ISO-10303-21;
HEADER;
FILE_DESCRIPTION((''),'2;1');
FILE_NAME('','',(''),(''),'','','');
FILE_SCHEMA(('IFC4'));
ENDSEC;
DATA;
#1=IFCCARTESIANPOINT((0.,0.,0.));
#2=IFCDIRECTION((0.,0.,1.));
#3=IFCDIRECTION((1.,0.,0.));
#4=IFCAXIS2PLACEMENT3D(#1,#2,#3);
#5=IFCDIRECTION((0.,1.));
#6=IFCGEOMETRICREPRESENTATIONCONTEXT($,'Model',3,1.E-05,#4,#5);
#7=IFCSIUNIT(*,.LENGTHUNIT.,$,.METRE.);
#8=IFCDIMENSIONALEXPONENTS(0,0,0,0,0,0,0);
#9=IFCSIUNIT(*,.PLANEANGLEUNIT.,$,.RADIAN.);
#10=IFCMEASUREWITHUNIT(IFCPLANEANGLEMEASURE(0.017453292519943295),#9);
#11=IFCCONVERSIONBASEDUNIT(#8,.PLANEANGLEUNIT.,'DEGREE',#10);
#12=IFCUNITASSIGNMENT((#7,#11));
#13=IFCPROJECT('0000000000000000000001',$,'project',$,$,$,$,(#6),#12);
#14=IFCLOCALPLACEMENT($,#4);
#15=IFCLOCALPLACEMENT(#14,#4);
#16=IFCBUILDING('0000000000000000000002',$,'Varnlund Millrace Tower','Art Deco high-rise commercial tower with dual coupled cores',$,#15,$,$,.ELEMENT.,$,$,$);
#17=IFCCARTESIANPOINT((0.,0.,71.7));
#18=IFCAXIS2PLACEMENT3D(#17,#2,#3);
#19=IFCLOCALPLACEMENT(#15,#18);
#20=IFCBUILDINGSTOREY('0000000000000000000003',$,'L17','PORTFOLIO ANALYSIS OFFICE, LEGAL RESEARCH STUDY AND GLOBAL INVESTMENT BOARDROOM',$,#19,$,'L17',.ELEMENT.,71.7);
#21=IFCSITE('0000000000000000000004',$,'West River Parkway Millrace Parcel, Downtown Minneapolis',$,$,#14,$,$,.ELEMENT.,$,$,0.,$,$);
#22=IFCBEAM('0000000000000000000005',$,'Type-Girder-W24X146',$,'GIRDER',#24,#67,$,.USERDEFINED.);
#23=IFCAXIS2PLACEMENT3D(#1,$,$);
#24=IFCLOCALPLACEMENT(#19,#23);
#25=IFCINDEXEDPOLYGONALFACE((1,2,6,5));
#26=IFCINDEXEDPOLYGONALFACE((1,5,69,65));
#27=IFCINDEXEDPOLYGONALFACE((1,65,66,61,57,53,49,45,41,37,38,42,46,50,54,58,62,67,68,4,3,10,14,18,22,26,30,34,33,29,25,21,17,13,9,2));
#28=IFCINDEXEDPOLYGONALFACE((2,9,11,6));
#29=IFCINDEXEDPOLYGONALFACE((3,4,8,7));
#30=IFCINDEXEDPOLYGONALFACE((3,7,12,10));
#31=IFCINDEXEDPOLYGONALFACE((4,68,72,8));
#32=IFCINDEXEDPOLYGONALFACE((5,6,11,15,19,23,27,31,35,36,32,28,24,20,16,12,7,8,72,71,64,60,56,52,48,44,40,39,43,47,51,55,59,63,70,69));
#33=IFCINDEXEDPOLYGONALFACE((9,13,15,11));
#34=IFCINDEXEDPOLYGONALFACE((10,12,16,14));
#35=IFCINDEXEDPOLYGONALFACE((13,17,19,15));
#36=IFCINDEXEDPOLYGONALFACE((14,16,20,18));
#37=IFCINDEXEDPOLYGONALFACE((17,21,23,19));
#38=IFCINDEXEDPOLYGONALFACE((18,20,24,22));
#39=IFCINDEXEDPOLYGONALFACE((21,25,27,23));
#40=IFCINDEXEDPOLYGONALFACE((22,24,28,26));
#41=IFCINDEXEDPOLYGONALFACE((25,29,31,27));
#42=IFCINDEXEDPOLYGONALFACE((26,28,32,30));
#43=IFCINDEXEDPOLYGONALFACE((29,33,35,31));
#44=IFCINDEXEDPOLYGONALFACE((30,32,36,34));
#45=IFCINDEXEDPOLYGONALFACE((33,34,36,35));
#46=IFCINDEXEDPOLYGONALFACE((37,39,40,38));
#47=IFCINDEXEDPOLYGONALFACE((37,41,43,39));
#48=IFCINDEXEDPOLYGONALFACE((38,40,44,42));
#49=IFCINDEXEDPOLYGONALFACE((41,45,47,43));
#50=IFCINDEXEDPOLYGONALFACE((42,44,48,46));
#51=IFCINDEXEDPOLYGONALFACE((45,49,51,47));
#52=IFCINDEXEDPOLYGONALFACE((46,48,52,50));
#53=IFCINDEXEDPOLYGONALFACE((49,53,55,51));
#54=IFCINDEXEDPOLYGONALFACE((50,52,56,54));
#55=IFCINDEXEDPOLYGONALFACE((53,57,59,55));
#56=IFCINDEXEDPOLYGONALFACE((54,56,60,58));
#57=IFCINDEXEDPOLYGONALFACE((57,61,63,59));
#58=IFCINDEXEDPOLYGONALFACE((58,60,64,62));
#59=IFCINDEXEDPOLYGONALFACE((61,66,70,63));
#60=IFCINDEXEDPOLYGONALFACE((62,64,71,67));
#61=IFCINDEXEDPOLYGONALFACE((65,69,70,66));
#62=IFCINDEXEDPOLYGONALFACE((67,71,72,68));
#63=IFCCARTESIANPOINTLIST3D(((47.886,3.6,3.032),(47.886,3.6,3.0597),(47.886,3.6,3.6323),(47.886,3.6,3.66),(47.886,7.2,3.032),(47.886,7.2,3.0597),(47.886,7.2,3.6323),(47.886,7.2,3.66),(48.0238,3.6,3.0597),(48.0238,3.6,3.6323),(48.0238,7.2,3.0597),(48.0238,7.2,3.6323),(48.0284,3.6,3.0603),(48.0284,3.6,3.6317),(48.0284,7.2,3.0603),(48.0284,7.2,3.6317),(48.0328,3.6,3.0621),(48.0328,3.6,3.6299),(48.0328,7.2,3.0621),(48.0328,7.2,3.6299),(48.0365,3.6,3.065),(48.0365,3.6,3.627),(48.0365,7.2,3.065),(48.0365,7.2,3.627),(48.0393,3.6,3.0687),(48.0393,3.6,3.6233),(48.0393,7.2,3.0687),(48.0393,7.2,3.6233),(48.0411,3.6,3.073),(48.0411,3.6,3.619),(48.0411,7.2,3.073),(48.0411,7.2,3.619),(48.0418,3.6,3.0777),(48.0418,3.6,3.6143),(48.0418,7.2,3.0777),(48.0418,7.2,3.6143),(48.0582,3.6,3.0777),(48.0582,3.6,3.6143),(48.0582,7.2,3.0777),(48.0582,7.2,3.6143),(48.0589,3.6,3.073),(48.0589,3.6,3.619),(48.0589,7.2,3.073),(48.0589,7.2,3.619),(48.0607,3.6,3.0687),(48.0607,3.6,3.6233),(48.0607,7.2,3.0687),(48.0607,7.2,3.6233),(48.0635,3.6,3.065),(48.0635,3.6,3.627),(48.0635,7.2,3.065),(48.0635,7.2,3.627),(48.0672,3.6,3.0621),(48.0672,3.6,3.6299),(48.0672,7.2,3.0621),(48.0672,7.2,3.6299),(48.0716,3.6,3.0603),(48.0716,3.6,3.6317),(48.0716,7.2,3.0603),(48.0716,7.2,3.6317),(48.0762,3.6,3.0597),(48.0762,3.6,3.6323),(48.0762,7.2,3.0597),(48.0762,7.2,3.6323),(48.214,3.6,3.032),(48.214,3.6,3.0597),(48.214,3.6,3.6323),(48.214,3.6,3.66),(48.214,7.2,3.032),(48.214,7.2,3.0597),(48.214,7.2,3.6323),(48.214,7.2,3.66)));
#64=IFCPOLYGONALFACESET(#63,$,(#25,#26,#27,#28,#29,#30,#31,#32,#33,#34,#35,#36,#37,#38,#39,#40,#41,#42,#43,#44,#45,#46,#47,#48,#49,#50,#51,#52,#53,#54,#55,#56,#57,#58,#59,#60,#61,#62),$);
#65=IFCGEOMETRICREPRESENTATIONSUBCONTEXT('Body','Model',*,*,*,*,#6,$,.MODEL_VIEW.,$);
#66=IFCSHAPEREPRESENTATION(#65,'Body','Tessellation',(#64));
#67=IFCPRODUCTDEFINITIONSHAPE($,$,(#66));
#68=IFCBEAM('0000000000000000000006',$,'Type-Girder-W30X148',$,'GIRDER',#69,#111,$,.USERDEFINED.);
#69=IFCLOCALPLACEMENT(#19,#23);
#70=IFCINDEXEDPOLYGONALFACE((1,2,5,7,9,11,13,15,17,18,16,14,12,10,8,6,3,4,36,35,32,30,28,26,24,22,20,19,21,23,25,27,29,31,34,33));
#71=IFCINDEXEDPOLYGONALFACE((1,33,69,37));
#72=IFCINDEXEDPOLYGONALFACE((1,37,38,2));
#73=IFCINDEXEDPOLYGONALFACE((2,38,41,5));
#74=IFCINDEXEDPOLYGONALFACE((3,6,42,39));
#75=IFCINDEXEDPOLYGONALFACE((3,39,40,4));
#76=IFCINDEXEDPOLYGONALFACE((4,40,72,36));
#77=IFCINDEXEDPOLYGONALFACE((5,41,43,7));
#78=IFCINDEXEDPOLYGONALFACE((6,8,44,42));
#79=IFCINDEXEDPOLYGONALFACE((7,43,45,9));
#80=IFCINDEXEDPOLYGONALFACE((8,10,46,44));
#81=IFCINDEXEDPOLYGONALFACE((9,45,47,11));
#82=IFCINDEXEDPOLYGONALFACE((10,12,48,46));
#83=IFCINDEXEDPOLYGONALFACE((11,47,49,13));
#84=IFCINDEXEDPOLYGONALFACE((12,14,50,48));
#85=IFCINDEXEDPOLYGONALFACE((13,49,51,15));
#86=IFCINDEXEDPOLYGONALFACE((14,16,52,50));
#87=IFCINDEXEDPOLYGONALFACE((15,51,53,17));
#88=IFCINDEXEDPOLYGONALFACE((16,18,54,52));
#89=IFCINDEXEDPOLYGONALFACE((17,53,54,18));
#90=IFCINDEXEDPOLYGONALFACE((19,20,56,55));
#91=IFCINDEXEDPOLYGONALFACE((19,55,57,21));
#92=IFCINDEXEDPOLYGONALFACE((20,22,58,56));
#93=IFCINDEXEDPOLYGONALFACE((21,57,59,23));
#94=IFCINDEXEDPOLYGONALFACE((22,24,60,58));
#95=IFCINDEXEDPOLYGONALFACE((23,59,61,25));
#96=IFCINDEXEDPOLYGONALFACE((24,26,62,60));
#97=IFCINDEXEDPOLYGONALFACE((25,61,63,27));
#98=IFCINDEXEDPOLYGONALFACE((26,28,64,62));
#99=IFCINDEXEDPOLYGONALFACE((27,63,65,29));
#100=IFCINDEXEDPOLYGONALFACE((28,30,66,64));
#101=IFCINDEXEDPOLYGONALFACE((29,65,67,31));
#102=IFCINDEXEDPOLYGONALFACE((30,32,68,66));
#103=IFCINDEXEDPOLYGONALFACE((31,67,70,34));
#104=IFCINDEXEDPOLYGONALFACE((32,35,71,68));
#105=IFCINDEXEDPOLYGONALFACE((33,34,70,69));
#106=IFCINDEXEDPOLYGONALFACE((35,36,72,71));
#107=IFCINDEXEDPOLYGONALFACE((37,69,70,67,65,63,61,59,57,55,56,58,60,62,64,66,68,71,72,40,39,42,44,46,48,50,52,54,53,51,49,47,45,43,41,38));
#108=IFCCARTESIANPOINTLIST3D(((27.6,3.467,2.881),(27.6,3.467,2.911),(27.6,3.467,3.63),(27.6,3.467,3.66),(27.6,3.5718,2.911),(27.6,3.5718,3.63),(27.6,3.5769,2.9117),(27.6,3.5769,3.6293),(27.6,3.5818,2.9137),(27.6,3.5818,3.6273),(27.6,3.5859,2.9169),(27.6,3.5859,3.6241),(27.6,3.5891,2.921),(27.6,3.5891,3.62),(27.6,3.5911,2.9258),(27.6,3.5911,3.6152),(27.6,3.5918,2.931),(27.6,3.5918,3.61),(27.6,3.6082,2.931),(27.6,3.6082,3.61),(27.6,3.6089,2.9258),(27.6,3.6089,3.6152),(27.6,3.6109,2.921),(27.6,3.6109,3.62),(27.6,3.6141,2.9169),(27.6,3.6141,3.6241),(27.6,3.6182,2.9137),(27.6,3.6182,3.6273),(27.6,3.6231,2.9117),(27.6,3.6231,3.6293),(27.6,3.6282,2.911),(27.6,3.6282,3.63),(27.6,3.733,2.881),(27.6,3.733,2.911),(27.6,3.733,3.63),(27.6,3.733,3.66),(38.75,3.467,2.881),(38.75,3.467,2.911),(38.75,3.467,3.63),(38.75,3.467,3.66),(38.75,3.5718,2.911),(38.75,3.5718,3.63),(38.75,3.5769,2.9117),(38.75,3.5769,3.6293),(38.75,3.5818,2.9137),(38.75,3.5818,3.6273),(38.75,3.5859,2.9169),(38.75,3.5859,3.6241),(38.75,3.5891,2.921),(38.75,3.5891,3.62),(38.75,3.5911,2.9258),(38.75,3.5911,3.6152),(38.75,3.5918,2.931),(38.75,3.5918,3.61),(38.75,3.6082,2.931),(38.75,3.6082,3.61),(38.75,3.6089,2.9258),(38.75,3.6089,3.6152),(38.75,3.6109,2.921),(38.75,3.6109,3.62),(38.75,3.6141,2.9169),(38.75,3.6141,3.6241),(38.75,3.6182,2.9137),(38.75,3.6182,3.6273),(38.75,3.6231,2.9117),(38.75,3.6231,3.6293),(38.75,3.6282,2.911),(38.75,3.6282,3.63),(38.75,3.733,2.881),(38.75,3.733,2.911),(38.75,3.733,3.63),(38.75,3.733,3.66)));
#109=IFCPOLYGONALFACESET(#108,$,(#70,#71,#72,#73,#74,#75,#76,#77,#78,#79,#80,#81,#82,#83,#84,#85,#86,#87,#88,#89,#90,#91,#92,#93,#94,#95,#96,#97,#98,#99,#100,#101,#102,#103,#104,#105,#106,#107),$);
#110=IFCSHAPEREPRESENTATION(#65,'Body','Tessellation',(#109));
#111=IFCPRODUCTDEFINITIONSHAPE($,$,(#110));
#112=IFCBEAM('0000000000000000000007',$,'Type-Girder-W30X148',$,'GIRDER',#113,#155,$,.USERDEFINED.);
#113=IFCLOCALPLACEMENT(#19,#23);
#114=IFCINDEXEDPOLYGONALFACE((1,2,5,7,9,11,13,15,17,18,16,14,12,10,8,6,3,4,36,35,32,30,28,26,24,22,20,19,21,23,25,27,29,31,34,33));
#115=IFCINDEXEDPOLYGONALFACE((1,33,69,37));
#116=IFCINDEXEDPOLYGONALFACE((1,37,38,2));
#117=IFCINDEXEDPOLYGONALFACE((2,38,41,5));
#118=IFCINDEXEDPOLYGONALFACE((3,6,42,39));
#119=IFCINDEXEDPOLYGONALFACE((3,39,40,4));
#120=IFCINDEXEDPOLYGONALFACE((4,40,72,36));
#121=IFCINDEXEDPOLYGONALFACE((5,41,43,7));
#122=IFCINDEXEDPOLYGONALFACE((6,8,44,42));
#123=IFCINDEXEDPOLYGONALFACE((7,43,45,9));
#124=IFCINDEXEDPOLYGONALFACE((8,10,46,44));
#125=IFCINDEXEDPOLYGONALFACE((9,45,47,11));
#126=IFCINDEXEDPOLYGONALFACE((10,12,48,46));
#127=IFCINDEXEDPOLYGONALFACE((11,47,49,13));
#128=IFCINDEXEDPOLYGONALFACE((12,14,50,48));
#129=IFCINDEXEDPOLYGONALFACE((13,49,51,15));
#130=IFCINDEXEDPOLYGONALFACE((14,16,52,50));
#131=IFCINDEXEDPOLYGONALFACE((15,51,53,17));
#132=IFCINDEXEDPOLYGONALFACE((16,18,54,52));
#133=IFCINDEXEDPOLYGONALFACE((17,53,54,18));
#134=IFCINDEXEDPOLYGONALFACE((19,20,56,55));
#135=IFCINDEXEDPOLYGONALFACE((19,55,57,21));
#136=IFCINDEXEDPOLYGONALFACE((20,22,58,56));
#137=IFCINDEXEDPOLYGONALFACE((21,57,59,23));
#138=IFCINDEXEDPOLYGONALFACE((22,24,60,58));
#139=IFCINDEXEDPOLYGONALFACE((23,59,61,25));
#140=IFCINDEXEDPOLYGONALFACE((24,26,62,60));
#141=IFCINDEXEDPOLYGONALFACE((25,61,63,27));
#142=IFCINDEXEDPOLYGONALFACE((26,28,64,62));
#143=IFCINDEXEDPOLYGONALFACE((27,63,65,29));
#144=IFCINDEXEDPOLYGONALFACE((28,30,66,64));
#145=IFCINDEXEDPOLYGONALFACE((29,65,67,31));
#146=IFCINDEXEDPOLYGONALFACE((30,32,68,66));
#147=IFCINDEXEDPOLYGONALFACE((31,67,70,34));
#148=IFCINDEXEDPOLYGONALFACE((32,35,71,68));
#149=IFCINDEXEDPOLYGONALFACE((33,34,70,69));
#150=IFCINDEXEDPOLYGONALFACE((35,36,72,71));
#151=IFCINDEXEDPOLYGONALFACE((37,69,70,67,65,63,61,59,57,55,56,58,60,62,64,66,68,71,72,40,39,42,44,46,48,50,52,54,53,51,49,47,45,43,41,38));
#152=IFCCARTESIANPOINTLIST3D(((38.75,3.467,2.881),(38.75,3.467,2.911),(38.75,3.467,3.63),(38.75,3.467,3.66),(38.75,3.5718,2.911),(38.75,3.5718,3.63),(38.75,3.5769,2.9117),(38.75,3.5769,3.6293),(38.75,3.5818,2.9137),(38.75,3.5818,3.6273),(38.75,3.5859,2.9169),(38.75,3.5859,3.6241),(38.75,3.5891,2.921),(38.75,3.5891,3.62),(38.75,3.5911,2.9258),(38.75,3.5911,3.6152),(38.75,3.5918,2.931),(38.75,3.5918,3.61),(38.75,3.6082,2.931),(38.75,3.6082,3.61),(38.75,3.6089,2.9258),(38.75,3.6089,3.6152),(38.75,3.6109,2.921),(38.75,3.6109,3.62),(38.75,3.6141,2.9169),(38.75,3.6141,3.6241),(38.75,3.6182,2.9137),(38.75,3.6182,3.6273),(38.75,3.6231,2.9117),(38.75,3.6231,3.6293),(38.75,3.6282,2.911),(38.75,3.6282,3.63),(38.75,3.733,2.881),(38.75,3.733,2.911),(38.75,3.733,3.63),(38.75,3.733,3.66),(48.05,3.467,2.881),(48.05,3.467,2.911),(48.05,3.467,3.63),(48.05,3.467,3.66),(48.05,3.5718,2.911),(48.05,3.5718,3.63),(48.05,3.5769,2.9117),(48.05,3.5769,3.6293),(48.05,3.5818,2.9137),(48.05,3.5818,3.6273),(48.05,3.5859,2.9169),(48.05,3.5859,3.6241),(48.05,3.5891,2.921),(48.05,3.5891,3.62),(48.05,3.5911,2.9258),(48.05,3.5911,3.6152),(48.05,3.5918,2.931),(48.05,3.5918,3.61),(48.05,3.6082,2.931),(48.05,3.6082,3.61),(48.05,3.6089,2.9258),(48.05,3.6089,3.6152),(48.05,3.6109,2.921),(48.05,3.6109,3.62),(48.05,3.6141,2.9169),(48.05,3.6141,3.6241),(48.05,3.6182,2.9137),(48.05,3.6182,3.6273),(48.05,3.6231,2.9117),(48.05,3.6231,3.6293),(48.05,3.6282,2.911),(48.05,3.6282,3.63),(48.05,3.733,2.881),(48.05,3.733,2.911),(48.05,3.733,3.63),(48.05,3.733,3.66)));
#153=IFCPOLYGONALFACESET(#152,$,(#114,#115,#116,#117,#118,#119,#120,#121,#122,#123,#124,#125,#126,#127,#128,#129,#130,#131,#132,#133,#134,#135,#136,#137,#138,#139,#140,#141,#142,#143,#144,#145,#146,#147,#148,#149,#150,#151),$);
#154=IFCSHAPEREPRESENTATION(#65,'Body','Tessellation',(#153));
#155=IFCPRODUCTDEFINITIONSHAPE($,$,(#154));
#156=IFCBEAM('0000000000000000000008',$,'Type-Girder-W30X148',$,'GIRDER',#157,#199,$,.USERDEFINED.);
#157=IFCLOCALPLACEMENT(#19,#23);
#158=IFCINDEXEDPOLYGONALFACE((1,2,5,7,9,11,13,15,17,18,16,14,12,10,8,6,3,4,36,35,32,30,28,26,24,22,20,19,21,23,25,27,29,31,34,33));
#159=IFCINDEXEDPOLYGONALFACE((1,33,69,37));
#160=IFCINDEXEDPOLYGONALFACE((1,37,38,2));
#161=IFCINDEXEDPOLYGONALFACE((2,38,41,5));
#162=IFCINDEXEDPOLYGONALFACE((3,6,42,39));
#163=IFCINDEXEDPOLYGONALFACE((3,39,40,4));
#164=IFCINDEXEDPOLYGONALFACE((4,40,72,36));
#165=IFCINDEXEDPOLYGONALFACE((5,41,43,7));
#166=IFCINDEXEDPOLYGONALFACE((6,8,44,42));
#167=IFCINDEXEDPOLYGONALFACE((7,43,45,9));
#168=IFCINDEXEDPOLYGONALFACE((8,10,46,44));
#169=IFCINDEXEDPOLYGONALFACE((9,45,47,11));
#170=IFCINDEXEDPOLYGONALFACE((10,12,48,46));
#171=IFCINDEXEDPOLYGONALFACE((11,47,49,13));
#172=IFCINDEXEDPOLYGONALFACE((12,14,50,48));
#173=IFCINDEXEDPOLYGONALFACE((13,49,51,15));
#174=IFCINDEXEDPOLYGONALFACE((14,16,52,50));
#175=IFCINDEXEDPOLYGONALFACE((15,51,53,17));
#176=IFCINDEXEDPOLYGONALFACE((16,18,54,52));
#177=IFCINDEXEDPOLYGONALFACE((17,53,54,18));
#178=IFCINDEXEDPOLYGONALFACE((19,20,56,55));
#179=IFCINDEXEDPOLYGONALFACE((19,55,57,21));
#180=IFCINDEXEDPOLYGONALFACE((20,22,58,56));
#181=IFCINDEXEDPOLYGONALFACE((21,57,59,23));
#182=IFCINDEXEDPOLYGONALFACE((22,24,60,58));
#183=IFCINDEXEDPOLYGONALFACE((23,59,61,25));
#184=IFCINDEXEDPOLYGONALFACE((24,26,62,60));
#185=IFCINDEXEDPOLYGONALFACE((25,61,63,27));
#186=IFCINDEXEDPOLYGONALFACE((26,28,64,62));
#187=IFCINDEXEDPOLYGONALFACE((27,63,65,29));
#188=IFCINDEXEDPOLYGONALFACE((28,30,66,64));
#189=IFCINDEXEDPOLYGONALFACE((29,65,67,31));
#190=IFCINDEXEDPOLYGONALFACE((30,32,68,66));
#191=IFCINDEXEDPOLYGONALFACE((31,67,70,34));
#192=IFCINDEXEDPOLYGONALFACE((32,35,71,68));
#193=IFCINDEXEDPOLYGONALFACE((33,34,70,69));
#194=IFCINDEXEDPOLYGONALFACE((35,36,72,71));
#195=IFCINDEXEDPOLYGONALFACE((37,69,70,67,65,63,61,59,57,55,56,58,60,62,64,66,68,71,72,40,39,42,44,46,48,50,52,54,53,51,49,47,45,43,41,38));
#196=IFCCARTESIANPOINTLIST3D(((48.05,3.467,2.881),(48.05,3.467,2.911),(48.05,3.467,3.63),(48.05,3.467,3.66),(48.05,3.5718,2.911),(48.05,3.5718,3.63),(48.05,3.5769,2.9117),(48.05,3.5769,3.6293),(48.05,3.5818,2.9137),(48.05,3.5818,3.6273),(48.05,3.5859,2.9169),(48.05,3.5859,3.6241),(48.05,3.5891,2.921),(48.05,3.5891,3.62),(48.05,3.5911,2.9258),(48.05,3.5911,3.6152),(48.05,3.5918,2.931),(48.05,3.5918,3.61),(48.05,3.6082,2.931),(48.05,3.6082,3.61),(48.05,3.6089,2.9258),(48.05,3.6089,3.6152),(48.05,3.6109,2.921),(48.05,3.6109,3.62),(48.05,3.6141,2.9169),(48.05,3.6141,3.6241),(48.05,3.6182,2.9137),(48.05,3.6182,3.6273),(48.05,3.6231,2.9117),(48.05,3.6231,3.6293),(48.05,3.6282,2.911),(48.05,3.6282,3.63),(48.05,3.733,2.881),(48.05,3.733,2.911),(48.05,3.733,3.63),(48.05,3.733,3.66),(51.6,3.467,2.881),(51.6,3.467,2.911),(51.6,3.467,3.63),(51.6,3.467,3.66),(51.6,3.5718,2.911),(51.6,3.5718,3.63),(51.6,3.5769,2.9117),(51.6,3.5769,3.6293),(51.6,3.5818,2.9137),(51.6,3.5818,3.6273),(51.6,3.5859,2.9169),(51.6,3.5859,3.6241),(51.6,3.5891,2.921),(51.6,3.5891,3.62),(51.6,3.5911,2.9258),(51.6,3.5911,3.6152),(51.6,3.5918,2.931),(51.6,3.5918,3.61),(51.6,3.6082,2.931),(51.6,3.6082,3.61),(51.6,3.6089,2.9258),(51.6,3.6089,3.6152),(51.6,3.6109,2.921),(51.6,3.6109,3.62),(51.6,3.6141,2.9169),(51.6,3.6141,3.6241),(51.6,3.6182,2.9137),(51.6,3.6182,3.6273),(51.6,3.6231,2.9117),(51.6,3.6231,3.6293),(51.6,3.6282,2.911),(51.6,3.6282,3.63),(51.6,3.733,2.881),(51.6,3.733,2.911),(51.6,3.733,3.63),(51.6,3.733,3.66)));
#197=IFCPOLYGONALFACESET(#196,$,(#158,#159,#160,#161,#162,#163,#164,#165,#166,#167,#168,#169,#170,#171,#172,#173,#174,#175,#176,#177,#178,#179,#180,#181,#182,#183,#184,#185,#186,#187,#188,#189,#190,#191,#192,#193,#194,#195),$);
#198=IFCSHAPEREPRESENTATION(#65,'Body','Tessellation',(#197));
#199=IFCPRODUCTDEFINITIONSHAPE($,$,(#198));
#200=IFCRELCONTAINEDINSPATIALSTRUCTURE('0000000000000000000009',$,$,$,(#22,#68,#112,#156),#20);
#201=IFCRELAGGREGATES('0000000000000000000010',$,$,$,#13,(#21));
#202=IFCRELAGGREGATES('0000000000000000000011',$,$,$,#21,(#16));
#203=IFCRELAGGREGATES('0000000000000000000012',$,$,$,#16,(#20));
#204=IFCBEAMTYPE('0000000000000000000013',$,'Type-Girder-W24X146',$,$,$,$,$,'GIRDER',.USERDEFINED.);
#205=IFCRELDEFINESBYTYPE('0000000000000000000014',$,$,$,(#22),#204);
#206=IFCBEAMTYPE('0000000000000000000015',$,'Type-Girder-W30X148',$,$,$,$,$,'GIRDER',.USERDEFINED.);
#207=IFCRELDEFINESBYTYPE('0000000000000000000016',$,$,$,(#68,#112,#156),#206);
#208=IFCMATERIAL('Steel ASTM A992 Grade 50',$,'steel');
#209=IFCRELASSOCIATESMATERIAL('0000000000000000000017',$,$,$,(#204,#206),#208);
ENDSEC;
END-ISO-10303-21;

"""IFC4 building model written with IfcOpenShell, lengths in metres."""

from ifc_helpers import new_model, entity, si_unit, converted_unit, direction, frame, origin_with_axes, origin_2d_with_axis, place, context, subcontext, project, spatial, i_section, extrude, material, material_profile, profile_set, type_object, element, save


model = new_model("IFC4")

# Units and contexts
model_context = context("Model", 3, precision=1e-05, world=origin_with_axes(), true_north=direction((0.0, 1.0)))
body_context = subcontext(model_context, "Body", "Model", "MODEL_VIEW")
ifc_project = project(units=[si_unit("LENGTHUNIT", "METRE"), converted_unit("PLANEANGLEUNIT", "DEGREE", entity("IfcPlaneAngleMeasure", 0.017453292519943295), si_unit("PLANEANGLEUNIT", "RADIAN"), dimensions=[0, 0, 0, 0, 0, 0, 0])], contexts=[model_context])

# Site, building, storey
site_placement = place(None, origin_with_axes())
site = spatial("IfcSite", under=ifc_project, at=site_placement, Name="West River Parkway Millrace Parcel, Downtown Minneapolis", CompositionType="ELEMENT", RefElevation=0.0)
building_placement = place(site_placement, origin_with_axes())
building = spatial("IfcBuilding", under=site, at=building_placement, Name="Varnlund Millrace Tower", Description="Art Deco high-rise commercial tower with dual coupled cores", CompositionType="ELEMENT")
storey_placement = place(building_placement, frame((0.0, 0.0, 71.7), z_axis=(0.0, 0.0, 1.0), x_axis=(1.0, 0.0, 0.0)))
storey = spatial("IfcBuildingStorey", under=building, at=storey_placement, Name="L17", Description="PORTFOLIO ANALYSIS OFFICE, LEGAL RESEARCH STUDY AND GLOBAL INVESTMENT BOARDROOM", LongName="L17", CompositionType="ELEMENT", Elevation=71.7)

# Beams
ifc_material_1 = material(Name="Steel ASTM A992 Grade 50", Category="steel")
ifc_material_profile_1 = material_profile(ifc_material_1, i_section(OverallWidth=0.328, OverallDepth=0.628, WebThickness=0.0165, FlangeThickness=0.0277, FilletRadius=0.018, at=origin_2d_with_axis()), Name="Steel ASTM A992 Grade 50")
ifc_profile_set_1 = profile_set([ifc_material_profile_1], Name="Steel ASTM A992 Grade 50")
beam_type_1 = type_object("IfcBeamType", Name="Type-Girder-W24X146", ElementType="GIRDER", PredefinedType="USERDEFINED", material=ifc_profile_set_1)
beam_1_placement = place(storey_placement, frame((48.05, 3.6, 3.346), z_axis=(0.0, 1.0, 0.0), x_axis=(-1.0, 0.0, 0.0)))
element("IfcBeam", 1, at=beam_1_placement, inside=storey, type_object=beam_type_1, Name="Type-Girder-W24X146", ObjectType="GIRDER", PredefinedType="USERDEFINED", context=body_context, shape_type="SweptSolid", body=[
    extrude(i_section(OverallWidth=0.328, OverallDepth=0.628, WebThickness=0.0165, FlangeThickness=0.0277, FilletRadius=0.018, at=origin_2d_with_axis()), origin_with_axes(), (0.0, 0.0, 1.0), 3.6),
])
ifc_material_profile_2 = material_profile(ifc_material_1, i_section(OverallWidth=0.266, OverallDepth=0.779, WebThickness=0.0165, FlangeThickness=0.03, FilletRadius=0.02, at=origin_2d_with_axis()), Name="Steel ASTM A992 Grade 50")
ifc_profile_set_2 = profile_set([ifc_material_profile_2], Name="Steel ASTM A992 Grade 50")
beam_type_2 = type_object("IfcBeamType", Name="Type-Girder-W30X148", ElementType="GIRDER", PredefinedType="USERDEFINED", material=ifc_profile_set_2)
beam_2_placement = place(storey_placement, frame((27.6, 3.6, 3.2705), z_axis=(1.0, 0.0, 0.0), x_axis=(0.0, 1.0, 0.0)))
element("IfcBeam", 2, at=beam_2_placement, inside=storey, type_object=beam_type_2, Name="Type-Girder-W30X148", ObjectType="GIRDER", PredefinedType="USERDEFINED", context=body_context, shape_type="SweptSolid", body=[
    extrude(i_section(OverallWidth=0.266, OverallDepth=0.779, WebThickness=0.0165, FlangeThickness=0.03, FilletRadius=0.02, at=origin_2d_with_axis()), origin_with_axes(), (0.0, 0.0, 1.0), 11.15),
])
beam_3_placement = place(storey_placement, frame((38.75, 3.6, 3.2705), z_axis=(1.0, 0.0, 0.0), x_axis=(0.0, 1.0, 0.0)))
element("IfcBeam", 3, at=beam_3_placement, inside=storey, type_object=beam_type_2, Name="Type-Girder-W30X148", ObjectType="GIRDER", PredefinedType="USERDEFINED", context=body_context, shape_type="SweptSolid", body=[
    extrude(i_section(OverallWidth=0.266, OverallDepth=0.779, WebThickness=0.0165, FlangeThickness=0.03, FilletRadius=0.02, at=origin_2d_with_axis()), origin_with_axes(), (0.0, 0.0, 1.0), 9.3),
])
beam_4_placement = place(storey_placement, frame((48.05, 3.6, 3.2705), z_axis=(1.0, 0.0, 0.0), x_axis=(0.0, 1.0, 0.0)))
element("IfcBeam", 4, at=beam_4_placement, inside=storey, type_object=beam_type_2, Name="Type-Girder-W30X148", ObjectType="GIRDER", PredefinedType="USERDEFINED", context=body_context, shape_type="SweptSolid", body=[
    extrude(i_section(OverallWidth=0.266, OverallDepth=0.779, WebThickness=0.0165, FlangeThickness=0.03, FilletRadius=0.02, at=origin_2d_with_axis()), origin_with_axes(), (0.0, 0.0, 1.0), 3.55),
])

save(model, "model.ifc")
